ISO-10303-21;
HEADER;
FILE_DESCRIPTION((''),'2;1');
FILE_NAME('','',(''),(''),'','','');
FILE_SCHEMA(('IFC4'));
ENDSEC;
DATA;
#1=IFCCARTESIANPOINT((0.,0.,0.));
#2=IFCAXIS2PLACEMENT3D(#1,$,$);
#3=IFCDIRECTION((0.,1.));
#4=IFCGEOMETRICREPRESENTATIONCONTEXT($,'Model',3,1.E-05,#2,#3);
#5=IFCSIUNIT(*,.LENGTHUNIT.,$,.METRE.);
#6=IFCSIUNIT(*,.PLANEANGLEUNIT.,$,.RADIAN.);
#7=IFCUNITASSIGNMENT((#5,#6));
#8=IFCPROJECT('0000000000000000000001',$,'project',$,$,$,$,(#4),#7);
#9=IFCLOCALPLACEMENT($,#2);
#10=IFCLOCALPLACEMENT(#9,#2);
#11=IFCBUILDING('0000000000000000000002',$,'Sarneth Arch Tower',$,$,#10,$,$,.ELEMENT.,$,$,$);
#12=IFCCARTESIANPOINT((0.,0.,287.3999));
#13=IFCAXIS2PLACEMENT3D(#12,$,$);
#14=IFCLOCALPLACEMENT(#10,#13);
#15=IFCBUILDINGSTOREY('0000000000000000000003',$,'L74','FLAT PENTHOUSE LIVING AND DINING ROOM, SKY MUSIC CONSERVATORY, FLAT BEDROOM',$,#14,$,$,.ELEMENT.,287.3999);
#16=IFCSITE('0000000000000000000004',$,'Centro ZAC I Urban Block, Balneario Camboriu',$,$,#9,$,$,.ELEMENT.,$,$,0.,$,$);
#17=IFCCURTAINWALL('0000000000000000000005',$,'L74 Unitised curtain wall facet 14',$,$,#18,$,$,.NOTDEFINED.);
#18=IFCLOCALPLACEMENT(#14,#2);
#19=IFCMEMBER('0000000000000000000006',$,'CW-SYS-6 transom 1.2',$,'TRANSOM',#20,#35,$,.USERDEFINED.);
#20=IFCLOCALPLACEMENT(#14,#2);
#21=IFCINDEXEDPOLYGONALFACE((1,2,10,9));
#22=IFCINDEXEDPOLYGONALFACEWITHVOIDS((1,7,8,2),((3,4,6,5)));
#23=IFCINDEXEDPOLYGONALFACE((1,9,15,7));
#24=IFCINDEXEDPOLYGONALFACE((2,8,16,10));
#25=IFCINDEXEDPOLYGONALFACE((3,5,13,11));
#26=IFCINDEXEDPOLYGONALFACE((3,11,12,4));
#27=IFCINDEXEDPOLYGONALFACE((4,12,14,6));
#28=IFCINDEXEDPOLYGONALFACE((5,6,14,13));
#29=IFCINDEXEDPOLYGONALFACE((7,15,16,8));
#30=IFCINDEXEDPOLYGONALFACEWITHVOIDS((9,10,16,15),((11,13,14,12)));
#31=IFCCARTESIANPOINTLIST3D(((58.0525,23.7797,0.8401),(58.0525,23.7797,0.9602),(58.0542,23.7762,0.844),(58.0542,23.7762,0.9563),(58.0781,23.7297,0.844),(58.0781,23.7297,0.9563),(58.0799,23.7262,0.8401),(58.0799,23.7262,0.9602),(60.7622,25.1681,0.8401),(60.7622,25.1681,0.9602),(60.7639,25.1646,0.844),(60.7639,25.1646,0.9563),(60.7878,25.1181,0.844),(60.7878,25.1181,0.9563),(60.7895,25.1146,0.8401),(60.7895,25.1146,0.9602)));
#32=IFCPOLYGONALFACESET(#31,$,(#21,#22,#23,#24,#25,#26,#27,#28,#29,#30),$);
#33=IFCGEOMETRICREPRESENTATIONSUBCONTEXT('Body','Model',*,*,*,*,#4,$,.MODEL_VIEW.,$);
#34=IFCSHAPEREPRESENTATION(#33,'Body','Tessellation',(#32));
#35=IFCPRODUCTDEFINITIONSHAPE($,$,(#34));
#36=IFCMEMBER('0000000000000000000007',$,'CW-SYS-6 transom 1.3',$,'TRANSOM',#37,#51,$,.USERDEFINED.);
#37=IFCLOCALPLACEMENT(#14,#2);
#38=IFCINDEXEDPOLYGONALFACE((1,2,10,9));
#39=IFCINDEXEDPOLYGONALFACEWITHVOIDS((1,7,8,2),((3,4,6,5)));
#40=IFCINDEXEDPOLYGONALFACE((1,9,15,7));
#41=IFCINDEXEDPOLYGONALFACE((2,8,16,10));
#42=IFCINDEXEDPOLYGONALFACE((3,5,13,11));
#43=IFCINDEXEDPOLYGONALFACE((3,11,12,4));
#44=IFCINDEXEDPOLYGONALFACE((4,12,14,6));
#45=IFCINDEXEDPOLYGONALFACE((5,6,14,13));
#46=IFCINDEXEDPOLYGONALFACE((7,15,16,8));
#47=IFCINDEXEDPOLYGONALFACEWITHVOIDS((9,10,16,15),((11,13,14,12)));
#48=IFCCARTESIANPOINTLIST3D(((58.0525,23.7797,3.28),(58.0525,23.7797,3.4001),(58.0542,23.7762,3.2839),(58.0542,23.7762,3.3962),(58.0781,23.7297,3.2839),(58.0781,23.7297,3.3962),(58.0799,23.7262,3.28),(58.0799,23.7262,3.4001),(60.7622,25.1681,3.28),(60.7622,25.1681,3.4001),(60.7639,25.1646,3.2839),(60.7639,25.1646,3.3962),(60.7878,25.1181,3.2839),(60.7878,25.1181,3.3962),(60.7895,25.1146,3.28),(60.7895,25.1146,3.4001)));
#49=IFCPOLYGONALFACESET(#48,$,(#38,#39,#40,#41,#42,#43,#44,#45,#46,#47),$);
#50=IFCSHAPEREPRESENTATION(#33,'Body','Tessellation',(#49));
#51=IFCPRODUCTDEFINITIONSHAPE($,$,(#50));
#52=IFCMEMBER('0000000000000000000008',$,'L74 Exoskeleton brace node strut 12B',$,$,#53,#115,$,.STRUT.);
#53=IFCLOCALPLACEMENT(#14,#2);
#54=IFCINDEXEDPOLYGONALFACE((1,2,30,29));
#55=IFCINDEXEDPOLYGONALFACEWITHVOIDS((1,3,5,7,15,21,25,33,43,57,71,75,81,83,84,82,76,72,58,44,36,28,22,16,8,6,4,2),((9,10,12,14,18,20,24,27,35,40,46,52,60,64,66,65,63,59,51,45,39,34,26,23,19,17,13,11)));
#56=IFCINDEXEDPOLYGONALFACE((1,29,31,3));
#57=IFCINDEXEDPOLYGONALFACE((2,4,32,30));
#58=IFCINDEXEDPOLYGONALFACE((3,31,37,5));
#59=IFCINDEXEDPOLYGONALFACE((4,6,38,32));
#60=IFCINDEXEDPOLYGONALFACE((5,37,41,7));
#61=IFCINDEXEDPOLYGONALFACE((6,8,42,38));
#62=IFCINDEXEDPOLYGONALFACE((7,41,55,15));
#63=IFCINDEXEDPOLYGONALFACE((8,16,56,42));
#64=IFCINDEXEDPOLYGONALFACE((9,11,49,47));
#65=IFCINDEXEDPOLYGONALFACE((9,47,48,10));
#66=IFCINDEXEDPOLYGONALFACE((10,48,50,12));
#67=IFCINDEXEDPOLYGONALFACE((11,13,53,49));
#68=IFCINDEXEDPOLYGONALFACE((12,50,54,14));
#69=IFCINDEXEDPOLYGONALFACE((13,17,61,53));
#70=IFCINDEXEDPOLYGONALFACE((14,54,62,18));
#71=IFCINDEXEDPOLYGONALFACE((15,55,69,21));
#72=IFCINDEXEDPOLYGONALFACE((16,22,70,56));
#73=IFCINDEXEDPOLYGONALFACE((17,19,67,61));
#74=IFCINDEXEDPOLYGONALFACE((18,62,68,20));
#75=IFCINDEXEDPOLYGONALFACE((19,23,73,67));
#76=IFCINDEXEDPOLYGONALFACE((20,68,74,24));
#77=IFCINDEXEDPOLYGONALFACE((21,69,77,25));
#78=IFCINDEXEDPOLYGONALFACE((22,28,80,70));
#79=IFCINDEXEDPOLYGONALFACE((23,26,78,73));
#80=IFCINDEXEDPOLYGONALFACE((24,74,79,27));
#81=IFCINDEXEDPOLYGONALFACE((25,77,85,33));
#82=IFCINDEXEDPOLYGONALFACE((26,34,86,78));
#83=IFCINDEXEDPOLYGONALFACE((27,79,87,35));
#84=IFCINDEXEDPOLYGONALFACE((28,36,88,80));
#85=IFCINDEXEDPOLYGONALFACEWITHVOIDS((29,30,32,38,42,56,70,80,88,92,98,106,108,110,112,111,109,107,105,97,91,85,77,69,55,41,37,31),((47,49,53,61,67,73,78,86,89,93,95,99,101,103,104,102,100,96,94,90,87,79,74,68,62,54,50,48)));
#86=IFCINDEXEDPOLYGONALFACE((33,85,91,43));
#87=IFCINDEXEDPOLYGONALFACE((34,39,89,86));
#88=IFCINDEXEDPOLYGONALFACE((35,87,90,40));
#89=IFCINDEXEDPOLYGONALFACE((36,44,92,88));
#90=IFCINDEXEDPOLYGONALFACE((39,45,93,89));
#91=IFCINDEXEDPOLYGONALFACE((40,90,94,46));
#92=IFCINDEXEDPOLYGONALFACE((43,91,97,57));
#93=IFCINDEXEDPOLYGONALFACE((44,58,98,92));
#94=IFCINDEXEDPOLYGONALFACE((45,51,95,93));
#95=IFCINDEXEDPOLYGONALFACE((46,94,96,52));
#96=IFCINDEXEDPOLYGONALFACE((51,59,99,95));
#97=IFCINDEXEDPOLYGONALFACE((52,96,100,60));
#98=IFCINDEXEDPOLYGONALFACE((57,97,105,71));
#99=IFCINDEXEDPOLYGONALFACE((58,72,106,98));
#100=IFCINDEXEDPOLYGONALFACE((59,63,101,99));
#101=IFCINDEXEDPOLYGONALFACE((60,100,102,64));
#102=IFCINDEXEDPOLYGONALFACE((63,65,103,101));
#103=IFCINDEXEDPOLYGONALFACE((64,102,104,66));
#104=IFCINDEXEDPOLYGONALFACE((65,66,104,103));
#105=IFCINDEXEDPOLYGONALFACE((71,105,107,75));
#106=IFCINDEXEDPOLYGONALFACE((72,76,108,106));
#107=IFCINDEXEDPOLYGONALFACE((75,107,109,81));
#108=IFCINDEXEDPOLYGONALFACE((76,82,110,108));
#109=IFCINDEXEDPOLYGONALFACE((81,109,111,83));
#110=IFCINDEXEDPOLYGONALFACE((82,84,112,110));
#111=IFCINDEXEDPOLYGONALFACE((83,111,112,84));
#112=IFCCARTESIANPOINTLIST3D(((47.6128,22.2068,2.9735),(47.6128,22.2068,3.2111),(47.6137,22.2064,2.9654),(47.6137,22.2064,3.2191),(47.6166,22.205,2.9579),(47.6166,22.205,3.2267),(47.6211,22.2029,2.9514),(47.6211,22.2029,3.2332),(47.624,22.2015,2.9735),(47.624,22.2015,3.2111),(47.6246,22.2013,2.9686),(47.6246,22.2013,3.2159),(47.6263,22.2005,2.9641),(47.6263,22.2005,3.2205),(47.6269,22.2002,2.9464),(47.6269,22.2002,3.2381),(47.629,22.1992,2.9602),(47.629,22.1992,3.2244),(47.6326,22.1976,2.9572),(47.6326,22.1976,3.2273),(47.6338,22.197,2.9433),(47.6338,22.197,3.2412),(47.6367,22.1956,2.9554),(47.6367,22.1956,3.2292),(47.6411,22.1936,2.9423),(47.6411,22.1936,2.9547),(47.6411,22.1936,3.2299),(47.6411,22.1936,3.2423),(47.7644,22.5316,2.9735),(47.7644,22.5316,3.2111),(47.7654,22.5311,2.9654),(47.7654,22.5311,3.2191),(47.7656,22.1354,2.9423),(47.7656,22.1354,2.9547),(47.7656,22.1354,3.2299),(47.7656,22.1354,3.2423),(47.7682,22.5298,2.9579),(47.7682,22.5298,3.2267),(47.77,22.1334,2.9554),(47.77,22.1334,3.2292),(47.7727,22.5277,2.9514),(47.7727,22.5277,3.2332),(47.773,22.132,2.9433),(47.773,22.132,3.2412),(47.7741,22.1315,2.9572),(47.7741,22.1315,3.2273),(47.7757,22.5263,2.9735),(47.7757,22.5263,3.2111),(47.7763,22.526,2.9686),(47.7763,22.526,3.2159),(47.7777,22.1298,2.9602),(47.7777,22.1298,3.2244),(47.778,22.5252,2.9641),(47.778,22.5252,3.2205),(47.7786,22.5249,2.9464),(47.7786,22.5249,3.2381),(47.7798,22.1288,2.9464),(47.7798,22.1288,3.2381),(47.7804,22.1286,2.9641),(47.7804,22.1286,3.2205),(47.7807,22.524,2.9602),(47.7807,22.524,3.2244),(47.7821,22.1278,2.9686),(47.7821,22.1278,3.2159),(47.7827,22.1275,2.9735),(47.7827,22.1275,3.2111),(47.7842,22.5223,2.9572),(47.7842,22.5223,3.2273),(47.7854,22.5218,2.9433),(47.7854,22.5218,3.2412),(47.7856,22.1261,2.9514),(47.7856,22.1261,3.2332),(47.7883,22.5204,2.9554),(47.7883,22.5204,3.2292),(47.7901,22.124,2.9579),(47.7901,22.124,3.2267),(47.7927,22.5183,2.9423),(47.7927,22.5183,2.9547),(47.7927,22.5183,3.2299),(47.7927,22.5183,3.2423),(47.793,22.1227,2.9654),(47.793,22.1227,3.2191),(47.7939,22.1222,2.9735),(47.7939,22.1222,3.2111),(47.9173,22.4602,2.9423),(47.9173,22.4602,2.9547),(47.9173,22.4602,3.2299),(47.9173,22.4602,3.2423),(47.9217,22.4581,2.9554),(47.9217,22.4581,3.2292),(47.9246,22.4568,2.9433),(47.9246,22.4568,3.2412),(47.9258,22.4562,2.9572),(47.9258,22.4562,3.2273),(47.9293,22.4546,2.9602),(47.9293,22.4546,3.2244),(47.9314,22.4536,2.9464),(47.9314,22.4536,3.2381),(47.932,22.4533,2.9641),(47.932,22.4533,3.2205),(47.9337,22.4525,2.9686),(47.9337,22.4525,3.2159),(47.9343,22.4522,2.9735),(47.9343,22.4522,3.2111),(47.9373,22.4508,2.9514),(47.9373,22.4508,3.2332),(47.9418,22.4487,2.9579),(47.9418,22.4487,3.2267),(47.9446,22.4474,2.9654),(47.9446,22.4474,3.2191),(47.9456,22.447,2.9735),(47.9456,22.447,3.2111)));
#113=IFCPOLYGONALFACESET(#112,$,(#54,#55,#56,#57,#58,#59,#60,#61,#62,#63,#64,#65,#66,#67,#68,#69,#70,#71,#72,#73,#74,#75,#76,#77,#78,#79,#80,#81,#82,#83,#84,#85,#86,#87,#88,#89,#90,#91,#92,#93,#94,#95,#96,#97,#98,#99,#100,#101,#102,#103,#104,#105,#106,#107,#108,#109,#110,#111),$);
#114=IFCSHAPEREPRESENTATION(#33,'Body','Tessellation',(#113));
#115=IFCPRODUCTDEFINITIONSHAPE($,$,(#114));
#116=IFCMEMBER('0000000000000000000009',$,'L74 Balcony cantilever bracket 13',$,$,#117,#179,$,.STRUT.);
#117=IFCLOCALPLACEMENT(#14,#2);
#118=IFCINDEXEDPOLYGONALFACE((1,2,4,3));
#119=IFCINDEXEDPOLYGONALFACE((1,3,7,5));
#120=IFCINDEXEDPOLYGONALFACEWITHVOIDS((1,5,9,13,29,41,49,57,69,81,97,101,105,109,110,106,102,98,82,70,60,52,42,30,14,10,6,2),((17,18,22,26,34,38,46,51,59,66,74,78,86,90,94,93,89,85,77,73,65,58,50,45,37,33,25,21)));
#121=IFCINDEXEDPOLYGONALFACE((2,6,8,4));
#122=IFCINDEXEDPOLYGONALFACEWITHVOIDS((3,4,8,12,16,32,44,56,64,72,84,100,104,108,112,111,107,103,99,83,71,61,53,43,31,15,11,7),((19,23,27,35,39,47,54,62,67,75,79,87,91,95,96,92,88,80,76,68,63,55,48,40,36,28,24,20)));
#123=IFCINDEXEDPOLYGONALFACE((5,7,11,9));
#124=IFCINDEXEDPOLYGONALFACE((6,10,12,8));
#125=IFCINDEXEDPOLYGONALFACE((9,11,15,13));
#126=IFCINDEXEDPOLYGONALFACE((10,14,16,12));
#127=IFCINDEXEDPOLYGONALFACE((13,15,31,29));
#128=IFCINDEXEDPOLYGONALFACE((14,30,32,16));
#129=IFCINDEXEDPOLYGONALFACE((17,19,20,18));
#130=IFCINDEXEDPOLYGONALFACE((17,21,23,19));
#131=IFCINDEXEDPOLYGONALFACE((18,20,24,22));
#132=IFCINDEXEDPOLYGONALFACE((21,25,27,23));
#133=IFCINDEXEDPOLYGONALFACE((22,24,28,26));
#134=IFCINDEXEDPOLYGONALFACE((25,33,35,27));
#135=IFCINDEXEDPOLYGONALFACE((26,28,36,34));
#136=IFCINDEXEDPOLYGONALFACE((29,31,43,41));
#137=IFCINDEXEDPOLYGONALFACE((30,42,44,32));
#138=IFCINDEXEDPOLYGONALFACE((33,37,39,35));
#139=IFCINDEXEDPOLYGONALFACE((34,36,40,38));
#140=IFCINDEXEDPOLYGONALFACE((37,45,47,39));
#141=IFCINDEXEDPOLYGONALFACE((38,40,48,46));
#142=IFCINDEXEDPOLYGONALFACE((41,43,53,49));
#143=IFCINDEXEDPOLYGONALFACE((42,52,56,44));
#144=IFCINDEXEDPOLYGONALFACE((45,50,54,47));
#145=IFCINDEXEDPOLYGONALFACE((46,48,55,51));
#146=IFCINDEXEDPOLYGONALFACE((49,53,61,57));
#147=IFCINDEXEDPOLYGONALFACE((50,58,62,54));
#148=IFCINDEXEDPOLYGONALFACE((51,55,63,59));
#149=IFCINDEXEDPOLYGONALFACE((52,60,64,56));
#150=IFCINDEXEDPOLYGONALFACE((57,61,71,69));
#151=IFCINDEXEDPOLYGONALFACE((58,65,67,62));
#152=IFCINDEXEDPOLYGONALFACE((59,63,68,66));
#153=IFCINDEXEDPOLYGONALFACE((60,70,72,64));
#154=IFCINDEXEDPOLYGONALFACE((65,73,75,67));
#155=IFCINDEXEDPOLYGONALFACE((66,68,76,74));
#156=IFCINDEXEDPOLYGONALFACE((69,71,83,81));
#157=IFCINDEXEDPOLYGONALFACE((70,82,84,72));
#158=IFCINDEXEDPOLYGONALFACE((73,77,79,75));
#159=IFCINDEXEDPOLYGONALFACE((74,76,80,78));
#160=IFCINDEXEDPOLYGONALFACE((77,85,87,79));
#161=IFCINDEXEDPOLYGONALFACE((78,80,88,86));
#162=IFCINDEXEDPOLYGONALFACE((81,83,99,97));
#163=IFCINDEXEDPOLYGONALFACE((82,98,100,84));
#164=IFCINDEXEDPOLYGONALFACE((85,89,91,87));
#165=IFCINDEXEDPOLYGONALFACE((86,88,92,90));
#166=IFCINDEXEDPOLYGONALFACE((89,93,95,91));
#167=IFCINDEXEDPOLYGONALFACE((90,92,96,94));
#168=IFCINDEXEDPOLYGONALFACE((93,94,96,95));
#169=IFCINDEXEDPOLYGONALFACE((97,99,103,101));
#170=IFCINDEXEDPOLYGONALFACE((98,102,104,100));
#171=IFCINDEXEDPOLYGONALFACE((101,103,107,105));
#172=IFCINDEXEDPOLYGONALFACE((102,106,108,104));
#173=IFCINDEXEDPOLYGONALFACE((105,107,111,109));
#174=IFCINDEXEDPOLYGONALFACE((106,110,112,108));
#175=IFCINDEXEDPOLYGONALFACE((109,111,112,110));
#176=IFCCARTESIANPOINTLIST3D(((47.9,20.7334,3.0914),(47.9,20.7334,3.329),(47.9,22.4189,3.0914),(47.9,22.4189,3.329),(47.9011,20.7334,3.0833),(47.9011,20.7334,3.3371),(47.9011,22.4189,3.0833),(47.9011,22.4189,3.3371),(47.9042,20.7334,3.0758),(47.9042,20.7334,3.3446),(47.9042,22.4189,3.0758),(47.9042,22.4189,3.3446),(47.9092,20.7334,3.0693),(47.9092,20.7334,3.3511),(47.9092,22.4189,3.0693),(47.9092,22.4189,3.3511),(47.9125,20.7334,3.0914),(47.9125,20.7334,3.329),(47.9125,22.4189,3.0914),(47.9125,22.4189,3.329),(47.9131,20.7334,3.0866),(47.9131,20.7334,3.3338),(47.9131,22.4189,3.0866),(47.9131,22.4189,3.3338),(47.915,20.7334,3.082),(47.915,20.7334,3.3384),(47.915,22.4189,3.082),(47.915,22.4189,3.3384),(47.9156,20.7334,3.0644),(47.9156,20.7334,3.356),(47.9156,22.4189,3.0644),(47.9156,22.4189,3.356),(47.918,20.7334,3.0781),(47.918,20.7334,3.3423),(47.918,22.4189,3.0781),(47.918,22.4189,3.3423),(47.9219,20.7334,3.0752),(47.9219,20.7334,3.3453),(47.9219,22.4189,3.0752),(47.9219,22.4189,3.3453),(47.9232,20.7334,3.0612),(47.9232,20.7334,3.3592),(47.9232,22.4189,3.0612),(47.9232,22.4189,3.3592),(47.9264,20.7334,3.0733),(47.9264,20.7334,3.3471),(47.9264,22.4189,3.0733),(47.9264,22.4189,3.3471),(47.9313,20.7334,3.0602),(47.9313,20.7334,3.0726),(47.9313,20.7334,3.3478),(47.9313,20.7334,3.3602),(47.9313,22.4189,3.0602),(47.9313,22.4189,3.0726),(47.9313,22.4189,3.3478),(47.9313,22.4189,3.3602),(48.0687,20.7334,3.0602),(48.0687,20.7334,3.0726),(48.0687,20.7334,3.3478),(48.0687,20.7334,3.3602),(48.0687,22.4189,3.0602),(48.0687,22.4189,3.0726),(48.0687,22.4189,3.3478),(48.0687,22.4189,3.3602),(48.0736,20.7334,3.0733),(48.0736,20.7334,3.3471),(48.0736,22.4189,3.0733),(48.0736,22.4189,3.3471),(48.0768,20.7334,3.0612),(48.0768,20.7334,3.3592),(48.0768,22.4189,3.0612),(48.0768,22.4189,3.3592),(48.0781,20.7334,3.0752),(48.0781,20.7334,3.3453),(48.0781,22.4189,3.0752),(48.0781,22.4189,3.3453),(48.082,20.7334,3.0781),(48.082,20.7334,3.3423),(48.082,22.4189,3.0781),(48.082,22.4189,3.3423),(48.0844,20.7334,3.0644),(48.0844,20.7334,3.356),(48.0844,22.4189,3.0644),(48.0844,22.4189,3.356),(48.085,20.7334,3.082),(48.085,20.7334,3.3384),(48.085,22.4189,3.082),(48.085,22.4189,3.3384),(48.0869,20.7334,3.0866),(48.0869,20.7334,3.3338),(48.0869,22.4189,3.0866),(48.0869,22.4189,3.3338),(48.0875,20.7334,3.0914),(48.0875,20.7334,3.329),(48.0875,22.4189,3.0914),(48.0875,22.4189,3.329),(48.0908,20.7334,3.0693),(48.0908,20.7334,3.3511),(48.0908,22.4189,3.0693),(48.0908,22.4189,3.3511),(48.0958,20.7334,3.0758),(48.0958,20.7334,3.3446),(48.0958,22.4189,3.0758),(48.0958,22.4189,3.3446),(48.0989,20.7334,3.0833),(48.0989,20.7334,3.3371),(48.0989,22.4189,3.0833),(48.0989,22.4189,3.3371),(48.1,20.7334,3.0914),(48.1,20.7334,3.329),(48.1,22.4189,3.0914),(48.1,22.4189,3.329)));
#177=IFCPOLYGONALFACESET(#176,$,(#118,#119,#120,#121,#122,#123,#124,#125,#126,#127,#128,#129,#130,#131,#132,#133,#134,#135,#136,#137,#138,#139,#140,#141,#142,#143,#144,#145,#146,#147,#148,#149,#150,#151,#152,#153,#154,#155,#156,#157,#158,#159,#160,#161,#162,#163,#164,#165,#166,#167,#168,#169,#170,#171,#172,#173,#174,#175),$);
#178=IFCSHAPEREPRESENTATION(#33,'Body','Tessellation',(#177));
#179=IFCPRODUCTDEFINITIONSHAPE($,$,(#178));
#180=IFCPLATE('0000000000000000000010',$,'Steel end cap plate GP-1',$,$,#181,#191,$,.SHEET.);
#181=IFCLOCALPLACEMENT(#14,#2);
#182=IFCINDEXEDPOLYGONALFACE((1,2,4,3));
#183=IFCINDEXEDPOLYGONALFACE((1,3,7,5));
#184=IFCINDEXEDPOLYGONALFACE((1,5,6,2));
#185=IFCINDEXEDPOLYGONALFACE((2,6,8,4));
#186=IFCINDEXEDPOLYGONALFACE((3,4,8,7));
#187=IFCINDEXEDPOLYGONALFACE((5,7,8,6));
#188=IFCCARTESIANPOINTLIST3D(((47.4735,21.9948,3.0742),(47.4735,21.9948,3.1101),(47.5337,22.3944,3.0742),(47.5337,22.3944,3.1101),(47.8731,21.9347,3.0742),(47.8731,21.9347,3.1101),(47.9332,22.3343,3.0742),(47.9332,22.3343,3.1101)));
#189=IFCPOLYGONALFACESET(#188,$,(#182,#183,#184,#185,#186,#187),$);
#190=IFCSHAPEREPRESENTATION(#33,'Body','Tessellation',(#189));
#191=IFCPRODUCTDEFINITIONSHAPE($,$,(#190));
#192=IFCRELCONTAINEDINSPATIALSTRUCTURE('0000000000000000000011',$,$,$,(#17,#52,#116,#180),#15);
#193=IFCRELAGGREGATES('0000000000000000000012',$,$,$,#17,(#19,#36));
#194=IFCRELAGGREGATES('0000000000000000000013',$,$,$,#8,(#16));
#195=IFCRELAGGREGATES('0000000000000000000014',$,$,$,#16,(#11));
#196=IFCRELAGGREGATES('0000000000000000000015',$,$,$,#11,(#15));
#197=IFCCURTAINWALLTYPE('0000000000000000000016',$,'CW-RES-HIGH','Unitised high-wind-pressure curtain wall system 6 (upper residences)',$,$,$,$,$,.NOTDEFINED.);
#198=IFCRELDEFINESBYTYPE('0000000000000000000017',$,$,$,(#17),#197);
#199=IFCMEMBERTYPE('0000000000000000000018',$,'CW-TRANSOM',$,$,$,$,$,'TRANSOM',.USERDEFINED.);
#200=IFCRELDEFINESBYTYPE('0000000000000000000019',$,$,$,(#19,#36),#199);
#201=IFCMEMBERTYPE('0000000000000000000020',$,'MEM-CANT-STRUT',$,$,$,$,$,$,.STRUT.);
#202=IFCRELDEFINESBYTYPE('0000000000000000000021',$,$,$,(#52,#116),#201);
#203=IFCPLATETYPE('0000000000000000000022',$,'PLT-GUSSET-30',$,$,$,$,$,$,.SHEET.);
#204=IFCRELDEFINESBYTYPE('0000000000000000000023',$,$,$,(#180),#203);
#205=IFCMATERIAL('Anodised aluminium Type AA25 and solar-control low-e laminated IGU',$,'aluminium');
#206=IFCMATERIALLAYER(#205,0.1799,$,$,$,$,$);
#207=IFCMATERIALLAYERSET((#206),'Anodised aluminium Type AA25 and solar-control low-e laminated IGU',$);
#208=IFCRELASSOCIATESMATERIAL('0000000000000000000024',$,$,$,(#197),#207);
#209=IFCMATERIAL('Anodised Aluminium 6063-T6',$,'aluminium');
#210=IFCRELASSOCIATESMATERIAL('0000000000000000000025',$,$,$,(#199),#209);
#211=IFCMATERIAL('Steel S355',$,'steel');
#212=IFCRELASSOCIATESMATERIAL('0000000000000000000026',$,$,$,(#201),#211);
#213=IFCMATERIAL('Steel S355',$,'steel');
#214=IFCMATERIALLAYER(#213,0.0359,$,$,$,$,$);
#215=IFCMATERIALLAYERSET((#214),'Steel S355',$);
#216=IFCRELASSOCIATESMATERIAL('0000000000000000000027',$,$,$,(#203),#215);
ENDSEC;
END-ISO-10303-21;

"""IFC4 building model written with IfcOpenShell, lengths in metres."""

from ifc_helpers import new_model, si_unit, direction, frame, origin, origin_2d, place, context, subcontext, project, spatial, rectangle, hollow_rectangle, extrude, material, layer, layer_set, material_profile, profile_set, type_object, element, aggregate, save


model = new_model("IFC4")

# Units and contexts
model_context = context("Model", 3, precision=1e-05, world=origin(), true_north=direction((0.0, 1.0)))
body_context = subcontext(model_context, "Body", "Model", "MODEL_VIEW")
ifc_project = project(units=[si_unit("LENGTHUNIT", "METRE"), si_unit("PLANEANGLEUNIT", "RADIAN")], contexts=[model_context])

# Site, building, storey
site_placement = place(None, origin())
site = spatial("IfcSite", under=ifc_project, at=site_placement, Name="Centro ZAC I Urban Block, Balneario Camboriu", CompositionType="ELEMENT", RefElevation=0.0)
building_placement = place(site_placement, origin())
building = spatial("IfcBuilding", under=site, at=building_placement, Name="Sarneth Arch Tower", CompositionType="ELEMENT")
storey_placement = place(building_placement, frame((0.0, 0.0, 287.3999)))
storey = spatial("IfcBuildingStorey", under=building, at=storey_placement, Name="L74", Description="FLAT PENTHOUSE LIVING AND DINING ROOM, SKY MUSIC CONSERVATORY, FLAT BEDROOM", CompositionType="ELEMENT", Elevation=287.3999)

# Curtain wall, members
ifc_material_1 = material(Name="Anodised aluminium Type AA25 and solar-control low-e laminated IGU", Category="aluminium")
ifc_layer_1 = layer(ifc_material_1, 0.1799)
ifc_layer_set_1 = layer_set([ifc_layer_1], Name="Anodised aluminium Type AA25 and solar-control low-e laminated IGU")
curtain_wall_type = type_object("IfcCurtainWallType", Name="CW-RES-HIGH", Description="Unitised high-wind-pressure curtain wall system 6 (upper residences)", PredefinedType="NOTDEFINED", material=ifc_layer_set_1)
curtain_wall_placement = place(storey_placement, origin())
curtain_wall = element("IfcCurtainWall", 1, at=curtain_wall_placement, inside=storey, type_object=curtain_wall_type, Name="L74 Unitised curtain wall facet 14", PredefinedType="NOTDEFINED")
ifc_material_2 = material(Name="Anodised Aluminium 6063-T6", Category="aluminium")
ifc_material_profile_1 = material_profile(ifc_material_2, hollow_rectangle(XDim=0.0601, YDim=0.1201, WallThickness=0.0039, at=origin_2d()), Name="AL-TRAN-120x60x4")
ifc_profile_set_1 = profile_set([ifc_material_profile_1], Name="Anodised Aluminium 6063-T6")
member_type_1 = type_object("IfcMemberType", Name="CW-TRANSOM", ElementType="TRANSOM", PredefinedType="USERDEFINED", material=ifc_profile_set_1)
member_1_placement = place(storey_placement, frame((58.0662, 23.7529, 0.9001), z_axis=(0.889974, 0.456012, 0.0), x_axis=(-0.456012, 0.889974, 0.0)))
member_1 = element("IfcMember", 2, at=member_1_placement, type_object=member_type_1, Name="CW-SYS-6 transom 1.2", ObjectType="TRANSOM", PredefinedType="USERDEFINED", context=body_context, shape_type="SweptSolid", body=[
    extrude(hollow_rectangle(XDim=0.0601, YDim=0.1201, WallThickness=0.0039, at=origin_2d()), origin(), (0.0, 0.0, 1.0), 3.0447),
])
member_2_placement = place(storey_placement, frame((58.0662, 23.7529, 3.3401), z_axis=(0.889974, 0.456012, 0.0), x_axis=(-0.456012, 0.889974, 0.0)))
member_2 = element("IfcMember", 3, at=member_2_placement, type_object=member_type_1, Name="CW-SYS-6 transom 1.3", ObjectType="TRANSOM", PredefinedType="USERDEFINED", context=body_context, shape_type="SweptSolid", body=[
    extrude(hollow_rectangle(XDim=0.0601, YDim=0.1201, WallThickness=0.0039, at=origin_2d()), origin(), (0.0, 0.0, 1.0), 3.0447),
])
aggregate(curtain_wall, [member_1, member_2])

# Members
ifc_material_3 = material(Name="Steel S355", Category="steel")
ifc_material_profile_2 = material_profile(ifc_material_3, hollow_rectangle(XDim=0.2, YDim=0.3, WallThickness=0.0125, InnerFilletRadius=0.0188, OuterFilletRadius=0.0312, at=origin_2d()), Name="RHS300x200x12.5")
ifc_profile_set_2 = profile_set([ifc_material_profile_2], Name="Steel S355")
member_type_2 = type_object("IfcMemberType", Name="MEM-CANT-STRUT", PredefinedType="STRUT", material=ifc_profile_set_2)
member_3_placement = place(storey_placement, frame((47.855, 22.4893, 3.0923), z_axis=(-0.423072, -0.906096, 0.0), x_axis=(0.906096, -0.423072, 0.0)))
element("IfcMember", 4, at=member_3_placement, inside=storey, type_object=member_type_2, Name="L74 Exoskeleton brace node strut 12B", PredefinedType="STRUT", context=body_context, shape_type="SweptSolid", body=[
    extrude(hollow_rectangle(XDim=0.2, YDim=0.3, WallThickness=0.0125, InnerFilletRadius=0.0188, OuterFilletRadius=0.0312, at=origin_2d()), origin(), (0.0, 0.0, 1.0), 0.3584),
])
member_4_placement = place(storey_placement, frame((48.0, 22.4189, 3.2102), z_axis=(0.0, -1.0, 0.0), x_axis=(1.0, 0.0, 0.0)))
element("IfcMember", 5, at=member_4_placement, inside=storey, type_object=member_type_2, Name="L74 Balcony cantilever bracket 13", PredefinedType="STRUT", context=body_context, shape_type="SweptSolid", body=[
    extrude(hollow_rectangle(XDim=0.2, YDim=0.3, WallThickness=0.0125, InnerFilletRadius=0.0188, OuterFilletRadius=0.0312, at=origin_2d()), origin(), (0.0, 0.0, 1.0), 1.6855),
])

# Plate
ifc_material_4 = material(Name="Steel S355", Category="steel")
ifc_layer_2 = layer(ifc_material_4, 0.0359)
ifc_layer_set_2 = layer_set([ifc_layer_2], Name="Steel S355")
plate_type = type_object("IfcPlateType", Name="PLT-GUSSET-30", PredefinedType="SHEET", material=ifc_layer_set_2)
plate_1_placement = place(storey_placement, frame((47.7034, 22.1646, 3.0742), z_axis=(0.0, 0.0, 1.0), x_axis=(0.988861, -0.148845, 0.0)))
element("IfcPlate", 6, at=plate_1_placement, inside=storey, type_object=plate_type, Name="Steel end cap plate GP-1", PredefinedType="SHEET", context=body_context, shape_type="SweptSolid", body=[
    extrude(rectangle(XDim=0.4041, YDim=0.4041, at=origin_2d()), origin(), (0.0, 0.0, 1.0), 0.0359),
])

save(model, "model.ifc")
